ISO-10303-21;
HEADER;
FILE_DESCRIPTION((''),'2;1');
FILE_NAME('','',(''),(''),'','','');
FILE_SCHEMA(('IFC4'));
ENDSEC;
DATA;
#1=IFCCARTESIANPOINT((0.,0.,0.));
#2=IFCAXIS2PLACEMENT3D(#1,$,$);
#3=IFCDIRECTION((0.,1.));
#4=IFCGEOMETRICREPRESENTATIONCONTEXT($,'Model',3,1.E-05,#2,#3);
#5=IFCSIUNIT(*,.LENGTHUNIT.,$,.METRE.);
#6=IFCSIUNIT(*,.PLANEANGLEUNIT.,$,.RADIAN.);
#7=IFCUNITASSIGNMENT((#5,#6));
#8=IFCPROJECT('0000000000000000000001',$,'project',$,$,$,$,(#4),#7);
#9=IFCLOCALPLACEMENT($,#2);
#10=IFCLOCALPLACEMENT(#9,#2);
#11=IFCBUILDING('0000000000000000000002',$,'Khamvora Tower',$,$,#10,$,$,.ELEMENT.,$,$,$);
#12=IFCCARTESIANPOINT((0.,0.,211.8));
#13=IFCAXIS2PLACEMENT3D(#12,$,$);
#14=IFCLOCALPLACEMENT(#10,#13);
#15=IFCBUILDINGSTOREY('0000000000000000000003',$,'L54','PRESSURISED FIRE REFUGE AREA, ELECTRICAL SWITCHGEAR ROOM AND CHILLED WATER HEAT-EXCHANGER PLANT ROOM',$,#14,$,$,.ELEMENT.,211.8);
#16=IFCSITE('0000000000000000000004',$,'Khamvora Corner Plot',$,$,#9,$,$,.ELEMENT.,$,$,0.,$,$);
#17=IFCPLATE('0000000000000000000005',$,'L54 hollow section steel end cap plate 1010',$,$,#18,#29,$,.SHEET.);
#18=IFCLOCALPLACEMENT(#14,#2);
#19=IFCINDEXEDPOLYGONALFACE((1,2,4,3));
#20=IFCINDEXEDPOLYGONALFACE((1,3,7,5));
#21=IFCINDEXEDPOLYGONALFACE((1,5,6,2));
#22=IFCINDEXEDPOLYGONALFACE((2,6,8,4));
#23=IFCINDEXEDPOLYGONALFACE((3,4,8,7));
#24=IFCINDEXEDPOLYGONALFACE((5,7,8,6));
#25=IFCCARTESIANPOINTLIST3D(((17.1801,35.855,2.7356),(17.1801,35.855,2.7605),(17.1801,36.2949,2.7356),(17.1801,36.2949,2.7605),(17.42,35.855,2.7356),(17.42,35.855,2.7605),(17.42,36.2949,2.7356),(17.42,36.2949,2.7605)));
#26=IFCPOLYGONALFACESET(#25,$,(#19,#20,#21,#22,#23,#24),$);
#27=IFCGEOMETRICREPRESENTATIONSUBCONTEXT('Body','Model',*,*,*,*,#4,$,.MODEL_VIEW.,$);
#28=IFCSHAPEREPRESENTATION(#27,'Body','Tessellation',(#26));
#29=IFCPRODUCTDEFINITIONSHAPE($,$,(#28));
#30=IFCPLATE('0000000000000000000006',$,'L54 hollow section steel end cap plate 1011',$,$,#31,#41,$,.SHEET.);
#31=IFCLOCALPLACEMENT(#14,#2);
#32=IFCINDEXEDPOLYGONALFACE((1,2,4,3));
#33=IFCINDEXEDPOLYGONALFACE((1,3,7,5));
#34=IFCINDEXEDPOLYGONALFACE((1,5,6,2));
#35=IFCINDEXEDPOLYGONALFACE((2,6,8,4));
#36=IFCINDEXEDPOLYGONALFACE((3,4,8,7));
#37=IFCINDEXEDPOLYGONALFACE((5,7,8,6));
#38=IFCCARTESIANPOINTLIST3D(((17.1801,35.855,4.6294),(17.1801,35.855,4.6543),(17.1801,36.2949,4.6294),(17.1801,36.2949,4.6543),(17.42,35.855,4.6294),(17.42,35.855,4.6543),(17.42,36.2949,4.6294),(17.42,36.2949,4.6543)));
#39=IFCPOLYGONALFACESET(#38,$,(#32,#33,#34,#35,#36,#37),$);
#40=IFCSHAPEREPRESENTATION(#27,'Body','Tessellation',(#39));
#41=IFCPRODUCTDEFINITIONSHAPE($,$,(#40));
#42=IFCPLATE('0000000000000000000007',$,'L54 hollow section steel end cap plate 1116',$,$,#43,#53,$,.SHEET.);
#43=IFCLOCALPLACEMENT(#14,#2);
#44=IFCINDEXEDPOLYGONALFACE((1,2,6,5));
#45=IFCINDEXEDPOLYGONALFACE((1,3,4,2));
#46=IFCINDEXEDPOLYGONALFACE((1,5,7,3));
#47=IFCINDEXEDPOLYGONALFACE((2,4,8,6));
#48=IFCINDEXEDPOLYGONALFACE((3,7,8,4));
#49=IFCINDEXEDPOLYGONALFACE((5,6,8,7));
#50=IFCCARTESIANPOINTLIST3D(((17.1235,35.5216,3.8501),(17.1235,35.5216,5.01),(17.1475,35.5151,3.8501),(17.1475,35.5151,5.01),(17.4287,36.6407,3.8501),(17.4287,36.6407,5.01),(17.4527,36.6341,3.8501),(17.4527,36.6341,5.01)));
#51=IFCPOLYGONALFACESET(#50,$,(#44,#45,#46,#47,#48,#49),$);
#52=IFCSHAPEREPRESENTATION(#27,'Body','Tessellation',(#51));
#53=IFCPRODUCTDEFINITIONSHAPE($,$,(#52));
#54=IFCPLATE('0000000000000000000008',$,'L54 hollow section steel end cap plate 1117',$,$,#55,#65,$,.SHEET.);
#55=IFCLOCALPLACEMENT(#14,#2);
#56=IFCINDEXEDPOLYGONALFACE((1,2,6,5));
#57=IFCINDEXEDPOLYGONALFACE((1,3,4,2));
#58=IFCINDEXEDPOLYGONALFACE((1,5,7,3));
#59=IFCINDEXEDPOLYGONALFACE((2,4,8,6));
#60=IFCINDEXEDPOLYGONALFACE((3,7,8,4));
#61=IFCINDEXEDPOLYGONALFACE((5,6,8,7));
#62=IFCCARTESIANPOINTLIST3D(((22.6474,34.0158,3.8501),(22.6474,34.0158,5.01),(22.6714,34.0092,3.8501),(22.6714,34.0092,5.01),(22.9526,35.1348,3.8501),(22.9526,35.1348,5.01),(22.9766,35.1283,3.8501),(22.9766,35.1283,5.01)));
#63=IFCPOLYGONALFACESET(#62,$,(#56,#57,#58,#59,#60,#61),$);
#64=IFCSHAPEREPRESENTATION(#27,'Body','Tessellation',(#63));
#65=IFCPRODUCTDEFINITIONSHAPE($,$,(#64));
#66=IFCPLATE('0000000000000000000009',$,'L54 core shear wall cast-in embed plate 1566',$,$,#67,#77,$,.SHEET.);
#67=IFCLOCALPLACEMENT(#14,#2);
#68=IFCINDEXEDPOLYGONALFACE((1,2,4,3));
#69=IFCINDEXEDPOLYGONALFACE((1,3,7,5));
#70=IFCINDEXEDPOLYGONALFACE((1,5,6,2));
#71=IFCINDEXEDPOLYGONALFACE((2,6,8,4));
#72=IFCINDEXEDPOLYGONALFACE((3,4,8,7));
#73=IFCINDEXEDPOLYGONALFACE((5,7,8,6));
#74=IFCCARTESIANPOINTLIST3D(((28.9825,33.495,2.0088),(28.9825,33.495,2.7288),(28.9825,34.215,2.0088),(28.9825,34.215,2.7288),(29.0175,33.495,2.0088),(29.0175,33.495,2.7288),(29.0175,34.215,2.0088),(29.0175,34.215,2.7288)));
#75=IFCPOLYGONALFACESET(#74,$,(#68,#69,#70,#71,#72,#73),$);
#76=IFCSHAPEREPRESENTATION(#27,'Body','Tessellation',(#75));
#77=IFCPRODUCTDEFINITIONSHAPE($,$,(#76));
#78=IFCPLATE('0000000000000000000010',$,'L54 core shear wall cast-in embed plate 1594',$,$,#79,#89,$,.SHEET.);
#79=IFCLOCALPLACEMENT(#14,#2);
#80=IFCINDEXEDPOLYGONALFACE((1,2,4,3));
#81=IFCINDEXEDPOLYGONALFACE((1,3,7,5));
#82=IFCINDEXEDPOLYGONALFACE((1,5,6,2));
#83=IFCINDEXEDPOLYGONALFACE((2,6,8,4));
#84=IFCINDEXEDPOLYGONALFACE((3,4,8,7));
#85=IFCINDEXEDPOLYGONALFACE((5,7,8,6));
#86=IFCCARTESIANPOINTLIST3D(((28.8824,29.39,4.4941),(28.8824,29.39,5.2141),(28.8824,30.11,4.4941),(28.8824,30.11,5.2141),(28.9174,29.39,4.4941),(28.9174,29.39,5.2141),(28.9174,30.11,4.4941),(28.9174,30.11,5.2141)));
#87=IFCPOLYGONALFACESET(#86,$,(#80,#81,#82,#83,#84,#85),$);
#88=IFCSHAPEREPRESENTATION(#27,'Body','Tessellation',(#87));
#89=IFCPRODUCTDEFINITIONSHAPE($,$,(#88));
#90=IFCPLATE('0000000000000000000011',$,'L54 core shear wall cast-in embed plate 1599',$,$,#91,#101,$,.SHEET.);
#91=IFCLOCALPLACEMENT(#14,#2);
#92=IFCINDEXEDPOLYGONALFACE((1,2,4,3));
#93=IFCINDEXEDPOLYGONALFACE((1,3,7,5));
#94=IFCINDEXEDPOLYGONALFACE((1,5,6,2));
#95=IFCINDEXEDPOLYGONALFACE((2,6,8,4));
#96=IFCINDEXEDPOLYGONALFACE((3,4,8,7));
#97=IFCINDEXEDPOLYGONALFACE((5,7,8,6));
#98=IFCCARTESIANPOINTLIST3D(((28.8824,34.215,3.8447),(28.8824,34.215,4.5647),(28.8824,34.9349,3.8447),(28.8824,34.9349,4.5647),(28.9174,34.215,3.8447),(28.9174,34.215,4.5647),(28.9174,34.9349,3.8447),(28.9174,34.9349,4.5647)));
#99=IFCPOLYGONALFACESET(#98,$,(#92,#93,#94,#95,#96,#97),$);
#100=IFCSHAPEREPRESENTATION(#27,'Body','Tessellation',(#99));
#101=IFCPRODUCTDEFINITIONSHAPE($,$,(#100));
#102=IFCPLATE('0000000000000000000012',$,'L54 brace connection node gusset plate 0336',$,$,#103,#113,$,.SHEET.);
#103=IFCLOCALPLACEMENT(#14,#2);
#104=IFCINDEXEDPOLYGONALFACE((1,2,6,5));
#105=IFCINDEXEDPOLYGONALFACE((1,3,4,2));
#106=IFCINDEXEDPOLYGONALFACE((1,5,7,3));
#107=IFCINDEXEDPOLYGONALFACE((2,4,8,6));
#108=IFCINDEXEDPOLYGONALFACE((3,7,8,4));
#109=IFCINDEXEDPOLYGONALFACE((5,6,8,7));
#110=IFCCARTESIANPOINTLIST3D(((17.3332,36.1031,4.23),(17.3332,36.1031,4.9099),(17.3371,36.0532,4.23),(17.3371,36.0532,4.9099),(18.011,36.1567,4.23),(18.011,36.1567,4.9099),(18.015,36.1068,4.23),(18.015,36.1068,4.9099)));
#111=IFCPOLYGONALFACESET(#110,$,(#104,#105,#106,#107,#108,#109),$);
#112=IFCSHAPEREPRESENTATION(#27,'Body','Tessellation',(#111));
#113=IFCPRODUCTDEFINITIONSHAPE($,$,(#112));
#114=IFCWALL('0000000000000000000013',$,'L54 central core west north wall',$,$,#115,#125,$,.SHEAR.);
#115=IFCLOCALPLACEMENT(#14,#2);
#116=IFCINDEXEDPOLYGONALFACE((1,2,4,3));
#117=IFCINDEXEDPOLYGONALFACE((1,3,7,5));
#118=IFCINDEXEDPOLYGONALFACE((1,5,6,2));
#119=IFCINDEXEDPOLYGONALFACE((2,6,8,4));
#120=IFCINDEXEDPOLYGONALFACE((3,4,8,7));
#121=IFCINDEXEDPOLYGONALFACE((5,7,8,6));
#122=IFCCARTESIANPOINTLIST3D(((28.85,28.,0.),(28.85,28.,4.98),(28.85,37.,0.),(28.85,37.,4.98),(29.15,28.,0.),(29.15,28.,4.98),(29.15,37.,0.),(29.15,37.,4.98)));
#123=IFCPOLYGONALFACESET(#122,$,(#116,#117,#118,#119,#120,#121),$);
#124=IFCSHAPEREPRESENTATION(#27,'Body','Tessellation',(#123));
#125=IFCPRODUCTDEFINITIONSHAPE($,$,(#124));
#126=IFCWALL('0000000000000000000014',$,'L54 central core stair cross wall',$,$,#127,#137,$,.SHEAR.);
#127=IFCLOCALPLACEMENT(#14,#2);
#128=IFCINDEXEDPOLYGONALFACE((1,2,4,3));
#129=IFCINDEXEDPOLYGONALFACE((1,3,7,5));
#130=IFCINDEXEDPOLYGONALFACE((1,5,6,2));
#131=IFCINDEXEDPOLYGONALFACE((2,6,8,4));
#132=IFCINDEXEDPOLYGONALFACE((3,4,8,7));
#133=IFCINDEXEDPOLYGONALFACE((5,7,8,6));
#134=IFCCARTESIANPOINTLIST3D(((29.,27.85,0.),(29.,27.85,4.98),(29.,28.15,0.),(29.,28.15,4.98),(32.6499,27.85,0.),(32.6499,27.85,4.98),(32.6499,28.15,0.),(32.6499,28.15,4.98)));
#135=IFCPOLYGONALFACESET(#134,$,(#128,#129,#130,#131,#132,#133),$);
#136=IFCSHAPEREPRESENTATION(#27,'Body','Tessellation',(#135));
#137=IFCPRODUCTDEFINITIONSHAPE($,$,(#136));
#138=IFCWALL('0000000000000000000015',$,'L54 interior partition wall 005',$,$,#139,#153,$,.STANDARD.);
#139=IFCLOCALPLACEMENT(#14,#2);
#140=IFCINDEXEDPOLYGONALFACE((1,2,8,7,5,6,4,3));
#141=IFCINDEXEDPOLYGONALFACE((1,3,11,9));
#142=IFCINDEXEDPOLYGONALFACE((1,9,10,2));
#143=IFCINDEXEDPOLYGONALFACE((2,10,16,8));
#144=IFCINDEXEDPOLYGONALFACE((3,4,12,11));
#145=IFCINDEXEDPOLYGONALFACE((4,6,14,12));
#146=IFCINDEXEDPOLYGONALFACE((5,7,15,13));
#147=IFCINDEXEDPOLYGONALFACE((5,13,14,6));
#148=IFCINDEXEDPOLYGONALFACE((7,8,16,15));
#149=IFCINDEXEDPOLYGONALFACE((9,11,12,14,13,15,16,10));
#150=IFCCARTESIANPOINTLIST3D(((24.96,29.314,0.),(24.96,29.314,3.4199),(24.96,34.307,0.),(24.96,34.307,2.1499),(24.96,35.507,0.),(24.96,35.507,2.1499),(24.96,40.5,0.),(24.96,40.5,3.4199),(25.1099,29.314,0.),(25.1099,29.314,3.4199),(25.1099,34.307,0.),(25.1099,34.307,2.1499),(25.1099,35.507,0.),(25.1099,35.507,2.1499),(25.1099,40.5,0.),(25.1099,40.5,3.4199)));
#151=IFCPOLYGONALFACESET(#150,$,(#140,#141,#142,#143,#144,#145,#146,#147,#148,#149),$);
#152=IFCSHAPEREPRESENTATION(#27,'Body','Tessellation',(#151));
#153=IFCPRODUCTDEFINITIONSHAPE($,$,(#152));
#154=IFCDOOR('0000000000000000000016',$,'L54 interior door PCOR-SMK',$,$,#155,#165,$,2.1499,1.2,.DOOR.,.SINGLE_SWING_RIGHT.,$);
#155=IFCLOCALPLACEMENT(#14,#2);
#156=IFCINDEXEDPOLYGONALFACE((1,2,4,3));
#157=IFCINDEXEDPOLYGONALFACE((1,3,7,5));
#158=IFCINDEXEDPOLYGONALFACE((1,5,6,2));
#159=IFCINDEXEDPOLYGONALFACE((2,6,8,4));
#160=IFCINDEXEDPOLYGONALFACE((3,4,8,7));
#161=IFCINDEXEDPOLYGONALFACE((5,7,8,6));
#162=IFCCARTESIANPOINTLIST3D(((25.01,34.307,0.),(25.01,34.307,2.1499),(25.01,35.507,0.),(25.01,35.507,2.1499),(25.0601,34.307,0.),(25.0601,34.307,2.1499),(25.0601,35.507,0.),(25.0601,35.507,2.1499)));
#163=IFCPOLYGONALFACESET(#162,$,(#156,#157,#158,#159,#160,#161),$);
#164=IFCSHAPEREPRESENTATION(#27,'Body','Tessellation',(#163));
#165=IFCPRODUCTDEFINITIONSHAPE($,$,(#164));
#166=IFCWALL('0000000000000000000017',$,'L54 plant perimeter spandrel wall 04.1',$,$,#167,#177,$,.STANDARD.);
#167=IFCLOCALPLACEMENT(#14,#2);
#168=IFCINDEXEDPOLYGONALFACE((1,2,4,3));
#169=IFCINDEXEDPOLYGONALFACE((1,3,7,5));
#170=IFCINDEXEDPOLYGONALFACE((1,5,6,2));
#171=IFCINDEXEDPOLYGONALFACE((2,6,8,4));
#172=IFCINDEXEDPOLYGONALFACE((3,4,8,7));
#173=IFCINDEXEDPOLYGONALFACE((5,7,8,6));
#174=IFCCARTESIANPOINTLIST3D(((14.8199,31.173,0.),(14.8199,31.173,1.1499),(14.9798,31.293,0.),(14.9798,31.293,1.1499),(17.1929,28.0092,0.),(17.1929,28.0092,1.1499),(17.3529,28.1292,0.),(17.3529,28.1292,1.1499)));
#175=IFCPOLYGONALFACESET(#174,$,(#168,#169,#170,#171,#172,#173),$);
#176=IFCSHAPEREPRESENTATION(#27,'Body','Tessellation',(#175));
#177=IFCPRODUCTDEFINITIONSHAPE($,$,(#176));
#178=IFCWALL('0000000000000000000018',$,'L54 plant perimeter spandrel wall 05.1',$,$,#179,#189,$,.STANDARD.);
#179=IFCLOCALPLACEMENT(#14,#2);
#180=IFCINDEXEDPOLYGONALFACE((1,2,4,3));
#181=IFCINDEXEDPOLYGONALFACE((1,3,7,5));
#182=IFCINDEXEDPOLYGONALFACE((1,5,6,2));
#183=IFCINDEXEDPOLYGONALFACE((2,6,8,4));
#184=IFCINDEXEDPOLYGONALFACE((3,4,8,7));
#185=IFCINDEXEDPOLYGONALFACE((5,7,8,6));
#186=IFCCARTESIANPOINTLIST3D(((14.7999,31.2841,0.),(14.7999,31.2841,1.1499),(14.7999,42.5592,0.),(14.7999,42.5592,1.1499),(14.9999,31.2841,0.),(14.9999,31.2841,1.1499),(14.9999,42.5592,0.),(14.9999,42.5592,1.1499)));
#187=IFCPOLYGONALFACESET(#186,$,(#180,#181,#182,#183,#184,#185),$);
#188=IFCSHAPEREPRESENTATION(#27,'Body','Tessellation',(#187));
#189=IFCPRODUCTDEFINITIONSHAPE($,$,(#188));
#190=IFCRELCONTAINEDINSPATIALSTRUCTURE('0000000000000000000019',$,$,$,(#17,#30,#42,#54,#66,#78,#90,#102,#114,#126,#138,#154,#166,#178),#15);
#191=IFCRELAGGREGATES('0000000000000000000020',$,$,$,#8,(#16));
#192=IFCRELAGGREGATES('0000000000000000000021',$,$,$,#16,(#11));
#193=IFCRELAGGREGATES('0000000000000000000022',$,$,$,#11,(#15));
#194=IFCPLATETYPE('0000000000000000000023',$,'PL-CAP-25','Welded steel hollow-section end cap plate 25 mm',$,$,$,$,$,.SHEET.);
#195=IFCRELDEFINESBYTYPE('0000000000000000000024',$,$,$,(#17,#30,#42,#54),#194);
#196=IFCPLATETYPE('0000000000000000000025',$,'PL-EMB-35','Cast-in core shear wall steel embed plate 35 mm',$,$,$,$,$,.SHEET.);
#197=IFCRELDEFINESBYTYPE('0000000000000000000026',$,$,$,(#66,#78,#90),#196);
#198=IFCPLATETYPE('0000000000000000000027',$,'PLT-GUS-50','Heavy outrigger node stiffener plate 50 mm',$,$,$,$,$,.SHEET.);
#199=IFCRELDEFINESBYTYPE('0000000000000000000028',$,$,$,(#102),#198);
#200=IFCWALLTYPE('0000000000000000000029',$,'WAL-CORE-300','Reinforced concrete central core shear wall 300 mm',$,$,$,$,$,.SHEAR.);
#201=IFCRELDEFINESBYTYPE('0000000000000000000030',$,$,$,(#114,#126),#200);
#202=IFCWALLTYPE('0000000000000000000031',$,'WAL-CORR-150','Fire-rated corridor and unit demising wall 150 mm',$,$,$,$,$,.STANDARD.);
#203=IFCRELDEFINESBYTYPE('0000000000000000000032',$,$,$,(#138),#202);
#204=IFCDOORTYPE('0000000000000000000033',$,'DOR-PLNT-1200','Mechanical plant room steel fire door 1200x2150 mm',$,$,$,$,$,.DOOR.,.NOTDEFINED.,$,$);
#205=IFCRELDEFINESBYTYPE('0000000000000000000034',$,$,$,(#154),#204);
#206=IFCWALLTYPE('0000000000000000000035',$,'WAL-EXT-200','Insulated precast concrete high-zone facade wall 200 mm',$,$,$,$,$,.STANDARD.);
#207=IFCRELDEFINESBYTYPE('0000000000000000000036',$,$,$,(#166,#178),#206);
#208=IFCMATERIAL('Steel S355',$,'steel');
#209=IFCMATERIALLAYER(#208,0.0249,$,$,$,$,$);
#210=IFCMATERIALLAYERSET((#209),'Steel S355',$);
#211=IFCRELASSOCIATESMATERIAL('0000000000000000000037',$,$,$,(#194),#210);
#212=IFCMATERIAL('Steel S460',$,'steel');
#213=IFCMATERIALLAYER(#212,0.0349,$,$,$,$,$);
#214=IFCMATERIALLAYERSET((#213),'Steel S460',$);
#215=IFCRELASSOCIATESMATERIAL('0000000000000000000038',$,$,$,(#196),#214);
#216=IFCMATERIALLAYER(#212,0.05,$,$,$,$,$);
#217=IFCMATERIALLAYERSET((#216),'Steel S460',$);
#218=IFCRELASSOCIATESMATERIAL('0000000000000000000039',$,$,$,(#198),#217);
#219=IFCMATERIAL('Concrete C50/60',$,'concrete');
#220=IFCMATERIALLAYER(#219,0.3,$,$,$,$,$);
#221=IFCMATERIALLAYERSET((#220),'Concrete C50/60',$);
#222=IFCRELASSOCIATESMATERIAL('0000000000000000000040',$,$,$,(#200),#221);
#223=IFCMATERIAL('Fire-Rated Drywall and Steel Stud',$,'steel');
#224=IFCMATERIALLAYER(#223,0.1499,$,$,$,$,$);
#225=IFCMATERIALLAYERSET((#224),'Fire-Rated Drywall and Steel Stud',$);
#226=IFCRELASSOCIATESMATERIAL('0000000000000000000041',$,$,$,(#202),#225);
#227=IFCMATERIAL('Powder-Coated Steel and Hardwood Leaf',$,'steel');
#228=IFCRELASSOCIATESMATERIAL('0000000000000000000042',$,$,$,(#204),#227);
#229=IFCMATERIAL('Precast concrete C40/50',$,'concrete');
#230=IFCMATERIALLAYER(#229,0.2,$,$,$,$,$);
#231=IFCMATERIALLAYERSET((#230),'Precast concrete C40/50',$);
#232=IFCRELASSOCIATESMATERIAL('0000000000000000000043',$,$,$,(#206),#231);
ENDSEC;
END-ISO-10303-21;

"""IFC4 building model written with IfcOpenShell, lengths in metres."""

from ifc_helpers import new_model, si_unit, direction, frame, frame_2d, origin, origin_2d, place, context, subcontext, project, spatial, rectangle, extrude, material, layer, layer_set, type_object, element, fill, save


model = new_model("IFC4")

# Units and contexts
model_context = context("Model", 3, precision=1e-05, world=origin(), true_north=direction((0.0, 1.0)))
body_context = subcontext(model_context, "Body", "Model", "MODEL_VIEW")
ifc_project = project(units=[si_unit("LENGTHUNIT", "METRE"), si_unit("PLANEANGLEUNIT", "RADIAN")], contexts=[model_context])

# Site, building, storey
site_placement = place(None, origin())
site = spatial("IfcSite", under=ifc_project, at=site_placement, Name="Khamvora Corner Plot", CompositionType="ELEMENT", RefElevation=0.0)
building_placement = place(site_placement, origin())
building = spatial("IfcBuilding", under=site, at=building_placement, Name="Khamvora Tower", CompositionType="ELEMENT")
storey_placement = place(building_placement, frame((0.0, 0.0, 211.8)))
storey = spatial("IfcBuildingStorey", under=building, at=storey_placement, Name="L54", Description="PRESSURISED FIRE REFUGE AREA, ELECTRICAL SWITCHGEAR ROOM AND CHILLED WATER HEAT-EXCHANGER PLANT ROOM", CompositionType="ELEMENT", Elevation=211.8)

# Shared definitions
ifc_material_1 = material(Name="Steel S460", Category="steel")
ifc_material_2 = material(Name="Steel S355", Category="steel")

# Plates
ifc_layer_1 = layer(ifc_material_2, 0.0249)
ifc_layer_set_1 = layer_set([ifc_layer_1], Name="Steel S355")
plate_type_1 = type_object("IfcPlateType", Name="PL-CAP-25", Description="Welded steel hollow-section end cap plate 25 mm", PredefinedType="SHEET", material=ifc_layer_set_1)
for number, where, z_axis, x_axis, name in (
    (1, (17.3, 36.075, 2.7356), (0.0, 0.0, 1.0), (1.0, 0.0, 0.0), "L54 hollow section steel end cap plate 1010"),
    (2, (17.3, 36.075, 4.6294), (0.0, 0.0, 1.0), (1.0, 0.0, 0.0), "L54 hollow section steel end cap plate 1011"),
):
    element("IfcPlate", number, at=place(storey_placement, frame(where, z_axis=z_axis, x_axis=x_axis)), inside=storey, type_object=plate_type_1, Name=name, PredefinedType="SHEET", context=body_context, shape_type="SweptSolid", body=[
        extrude(rectangle(XDim=0.24, YDim=0.4399, at=origin_2d()), origin(), (0.0, 0.0, 1.0), 0.0249),
    ])
for number, where, z_axis, x_axis, name in (
    (3, (17.2881, 36.0779, 3.8501), (0.0, 0.0, 1.0), (0.964764, -0.263115, 0.0), "L54 hollow section steel end cap plate 1116"),
    (4, (22.812, 34.572, 3.8501), (0.0, 0.0, 1.0), (0.964764, -0.263115, 0.0), "L54 hollow section steel end cap plate 1117"),
):
    element("IfcPlate", number, at=place(storey_placement, frame(where, z_axis=z_axis, x_axis=x_axis)), inside=storey, type_object=plate_type_1, Name=name, PredefinedType="SHEET", context=body_context, shape_type="SweptSolid", body=[
        extrude(rectangle(XDim=0.0249, YDim=1.1599, at=origin_2d()), origin(), (0.0, 0.0, 1.0), 1.1599),
    ])
ifc_layer_2 = layer(ifc_material_1, 0.0349)
ifc_layer_set_2 = layer_set([ifc_layer_2], Name="Steel S460")
plate_type_2 = type_object("IfcPlateType", Name="PL-EMB-35", Description="Cast-in core shear wall steel embed plate 35 mm", PredefinedType="SHEET", material=ifc_layer_set_2)
for number, where, z_axis, x_axis, name in (
    (5, (29.0, 33.855, 2.0088), (0.0, 0.0, 1.0), (1.0, 0.0, 0.0), "L54 core shear wall cast-in embed plate 1566"),
    (6, (28.8999, 29.75, 4.4941), (0.0, 0.0, 1.0), (1.0, 0.0, 0.0), "L54 core shear wall cast-in embed plate 1594"),
    (7, (28.8999, 34.575, 3.8447), (0.0, 0.0, 1.0), (1.0, 0.0, 0.0), "L54 core shear wall cast-in embed plate 1599"),
):
    element("IfcPlate", number, at=place(storey_placement, frame(where, z_axis=z_axis, x_axis=x_axis)), inside=storey, type_object=plate_type_2, Name=name, PredefinedType="SHEET", context=body_context, shape_type="SweptSolid", body=[
        extrude(rectangle(XDim=0.0349, YDim=0.72, at=origin_2d()), origin(), (0.0, 0.0, 1.0), 0.72),
    ])
ifc_layer_3 = layer(ifc_material_1, 0.05)
ifc_layer_set_3 = layer_set([ifc_layer_3], Name="Steel S460")
plate_type_3 = type_object("IfcPlateType", Name="PLT-GUS-50", Description="Heavy outrigger node stiffener plate 50 mm", PredefinedType="SHEET", material=ifc_layer_set_3)
plate_1_placement = place(storey_placement, frame((17.6741, 36.105, 4.23), z_axis=(0.0, 0.0, 1.0), x_axis=(-0.99689, -0.078807, 0.0)))
element("IfcPlate", 8, at=plate_1_placement, inside=storey, type_object=plate_type_3, Name="L54 brace connection node gusset plate 0336", PredefinedType="SHEET", context=body_context, shape_type="SweptSolid", body=[
    extrude(rectangle(XDim=0.6799, YDim=0.05, at=origin_2d()), origin(), (0.0, 0.0, 1.0), 0.6799),
])

# Walls
ifc_material_3 = material(Name="Concrete C50/60", Category="concrete")
ifc_layer_4 = layer(ifc_material_3, 0.3)
ifc_layer_set_4 = layer_set([ifc_layer_4], Name="Concrete C50/60")
wall_type_1 = type_object("IfcWallType", Name="WAL-CORE-300", Description="Reinforced concrete central core shear wall 300 mm", PredefinedType="SHEAR", material=ifc_layer_set_4)
wall_1_placement = place(storey_placement, frame((29.0, 28.0, 0.0), z_axis=(0.0, 0.0, 1.0), x_axis=(0.0, 1.0, 0.0)))
element("IfcWall", 9, at=wall_1_placement, inside=storey, type_object=wall_type_1, Name="L54 central core west north wall", PredefinedType="SHEAR", context=body_context, shape_type="SweptSolid", body=[
    extrude(rectangle(XDim=9.0, YDim=0.3, at=frame_2d((4.5, 0.0))), origin(), (0.0, 0.0, 1.0), 4.98),
])
wall_2_placement = place(storey_placement, frame((29.0, 28.0, 0.0), z_axis=(0.0, 0.0, 1.0), x_axis=(1.0, 0.0, 0.0)))
element("IfcWall", 10, at=wall_2_placement, inside=storey, type_object=wall_type_1, Name="L54 central core stair cross wall", PredefinedType="SHEAR", context=body_context, shape_type="SweptSolid", body=[
    extrude(rectangle(XDim=3.6499, YDim=0.3, at=frame_2d((1.825, 0.0))), origin(), (0.0, 0.0, 1.0), 4.98),
])

# Wall, opening, door
ifc_material_4 = material(Name="Fire-Rated Drywall and Steel Stud", Category="steel")
ifc_layer_5 = layer(ifc_material_4, 0.1499)
ifc_layer_set_5 = layer_set([ifc_layer_5], Name="Fire-Rated Drywall and Steel Stud")
wall_type_2 = type_object("IfcWallType", Name="WAL-CORR-150", Description="Fire-rated corridor and unit demising wall 150 mm", PredefinedType="STANDARD", material=ifc_layer_set_5)
wall_3_placement = place(storey_placement, frame((25.0349, 29.314, 0.0), z_axis=(0.0, 0.0, 1.0), x_axis=(0.0, 1.0, 0.0)))
wall_3 = element("IfcWall", 11, at=wall_3_placement, inside=storey, type_object=wall_type_2, Name="L54 interior partition wall 005", PredefinedType="STANDARD", context=body_context, shape_type="SweptSolid", body=[
    extrude(rectangle(XDim=11.186, YDim=0.1499, at=frame_2d((5.593, 0.0))), origin(), (0.0, 0.0, 1.0), 3.4199),
])
opening_placement = place(wall_3_placement, frame((4.9929, 0.0, 0.0)))
opening = element("IfcOpeningElement", 12, at=opening_placement, cuts=wall_3, PredefinedType="OPENING", context=body_context, shape_type="SweptSolid", body=[
    extrude(rectangle(XDim=1.2, YDim=2.1499, at=frame_2d((0.6001, 1.075))), frame((0.0, 0.085, 0.0), z_axis=(0.0, -1.0, 0.0), x_axis=(1.0, 0.0, 0.0)), (0.0, 0.0, 1.0), 0.1699),
])
ifc_material_5 = material(Name="Powder-Coated Steel and Hardwood Leaf", Category="steel")
door_type = type_object("IfcDoorType", Name="DOR-PLNT-1200", Description="Mechanical plant room steel fire door 1200x2150 mm", OperationType="NOTDEFINED", PredefinedType="DOOR", material=ifc_material_5)
door_placement = place(opening_placement, origin())
door = element("IfcDoor", 13, at=door_placement, inside=storey, type_object=door_type, Name="L54 interior door PCOR-SMK", OperationType="SINGLE_SWING_RIGHT", OverallHeight=2.1499, OverallWidth=1.2, PredefinedType="DOOR", context=body_context, shape_type="SweptSolid", body=[
    extrude(rectangle(XDim=1.2, YDim=2.1499, at=frame_2d((0.6001, 1.075))), frame((0.0, 0.0249, 0.0), z_axis=(0.0, -1.0, 0.0), x_axis=(1.0, 0.0, 0.0)), (0.0, 0.0, 1.0), 0.05),
])
fill(opening, door)

# Walls
ifc_material_6 = material(Name="Precast concrete C40/50", Category="concrete")
ifc_layer_6 = layer(ifc_material_6, 0.2)
ifc_layer_set_6 = layer_set([ifc_layer_6], Name="Precast concrete C40/50")
wall_type_3 = type_object("IfcWallType", Name="WAL-EXT-200", Description="Insulated precast concrete high-zone facade wall 200 mm", PredefinedType="STANDARD", material=ifc_layer_set_6)
wall_4_placement = place(storey_placement, frame((17.2729, 28.0691, 0.0), z_axis=(0.0, 0.0, 1.0), x_axis=(-0.60003, 0.799978, 0.0)))
element("IfcWall", 14, at=wall_4_placement, inside=storey, type_object=wall_type_3, Name="L54 plant perimeter spandrel wall 04.1", PredefinedType="STANDARD", context=body_context, shape_type="SweptSolid", body=[
    extrude(rectangle(XDim=3.9548, YDim=0.2, at=frame_2d((1.9775, 0.0))), origin(), (0.0, 0.0, 1.0), 1.1499),
])
wall_5_placement = place(storey_placement, frame((14.8999, 31.2839, 0.0), z_axis=(0.0, 0.0, 1.0), x_axis=(0.0, 1.0, 0.0)))
element("IfcWall", 15, at=wall_5_placement, inside=storey, type_object=wall_type_3, Name="L54 plant perimeter spandrel wall 05.1", PredefinedType="STANDARD", context=body_context, shape_type="SweptSolid", body=[
    extrude(rectangle(XDim=11.2751, YDim=0.2, at=frame_2d((5.6377, 0.0))), origin(), (0.0, 0.0, 1.0), 1.1499),
])

save(model, "model.ifc")
